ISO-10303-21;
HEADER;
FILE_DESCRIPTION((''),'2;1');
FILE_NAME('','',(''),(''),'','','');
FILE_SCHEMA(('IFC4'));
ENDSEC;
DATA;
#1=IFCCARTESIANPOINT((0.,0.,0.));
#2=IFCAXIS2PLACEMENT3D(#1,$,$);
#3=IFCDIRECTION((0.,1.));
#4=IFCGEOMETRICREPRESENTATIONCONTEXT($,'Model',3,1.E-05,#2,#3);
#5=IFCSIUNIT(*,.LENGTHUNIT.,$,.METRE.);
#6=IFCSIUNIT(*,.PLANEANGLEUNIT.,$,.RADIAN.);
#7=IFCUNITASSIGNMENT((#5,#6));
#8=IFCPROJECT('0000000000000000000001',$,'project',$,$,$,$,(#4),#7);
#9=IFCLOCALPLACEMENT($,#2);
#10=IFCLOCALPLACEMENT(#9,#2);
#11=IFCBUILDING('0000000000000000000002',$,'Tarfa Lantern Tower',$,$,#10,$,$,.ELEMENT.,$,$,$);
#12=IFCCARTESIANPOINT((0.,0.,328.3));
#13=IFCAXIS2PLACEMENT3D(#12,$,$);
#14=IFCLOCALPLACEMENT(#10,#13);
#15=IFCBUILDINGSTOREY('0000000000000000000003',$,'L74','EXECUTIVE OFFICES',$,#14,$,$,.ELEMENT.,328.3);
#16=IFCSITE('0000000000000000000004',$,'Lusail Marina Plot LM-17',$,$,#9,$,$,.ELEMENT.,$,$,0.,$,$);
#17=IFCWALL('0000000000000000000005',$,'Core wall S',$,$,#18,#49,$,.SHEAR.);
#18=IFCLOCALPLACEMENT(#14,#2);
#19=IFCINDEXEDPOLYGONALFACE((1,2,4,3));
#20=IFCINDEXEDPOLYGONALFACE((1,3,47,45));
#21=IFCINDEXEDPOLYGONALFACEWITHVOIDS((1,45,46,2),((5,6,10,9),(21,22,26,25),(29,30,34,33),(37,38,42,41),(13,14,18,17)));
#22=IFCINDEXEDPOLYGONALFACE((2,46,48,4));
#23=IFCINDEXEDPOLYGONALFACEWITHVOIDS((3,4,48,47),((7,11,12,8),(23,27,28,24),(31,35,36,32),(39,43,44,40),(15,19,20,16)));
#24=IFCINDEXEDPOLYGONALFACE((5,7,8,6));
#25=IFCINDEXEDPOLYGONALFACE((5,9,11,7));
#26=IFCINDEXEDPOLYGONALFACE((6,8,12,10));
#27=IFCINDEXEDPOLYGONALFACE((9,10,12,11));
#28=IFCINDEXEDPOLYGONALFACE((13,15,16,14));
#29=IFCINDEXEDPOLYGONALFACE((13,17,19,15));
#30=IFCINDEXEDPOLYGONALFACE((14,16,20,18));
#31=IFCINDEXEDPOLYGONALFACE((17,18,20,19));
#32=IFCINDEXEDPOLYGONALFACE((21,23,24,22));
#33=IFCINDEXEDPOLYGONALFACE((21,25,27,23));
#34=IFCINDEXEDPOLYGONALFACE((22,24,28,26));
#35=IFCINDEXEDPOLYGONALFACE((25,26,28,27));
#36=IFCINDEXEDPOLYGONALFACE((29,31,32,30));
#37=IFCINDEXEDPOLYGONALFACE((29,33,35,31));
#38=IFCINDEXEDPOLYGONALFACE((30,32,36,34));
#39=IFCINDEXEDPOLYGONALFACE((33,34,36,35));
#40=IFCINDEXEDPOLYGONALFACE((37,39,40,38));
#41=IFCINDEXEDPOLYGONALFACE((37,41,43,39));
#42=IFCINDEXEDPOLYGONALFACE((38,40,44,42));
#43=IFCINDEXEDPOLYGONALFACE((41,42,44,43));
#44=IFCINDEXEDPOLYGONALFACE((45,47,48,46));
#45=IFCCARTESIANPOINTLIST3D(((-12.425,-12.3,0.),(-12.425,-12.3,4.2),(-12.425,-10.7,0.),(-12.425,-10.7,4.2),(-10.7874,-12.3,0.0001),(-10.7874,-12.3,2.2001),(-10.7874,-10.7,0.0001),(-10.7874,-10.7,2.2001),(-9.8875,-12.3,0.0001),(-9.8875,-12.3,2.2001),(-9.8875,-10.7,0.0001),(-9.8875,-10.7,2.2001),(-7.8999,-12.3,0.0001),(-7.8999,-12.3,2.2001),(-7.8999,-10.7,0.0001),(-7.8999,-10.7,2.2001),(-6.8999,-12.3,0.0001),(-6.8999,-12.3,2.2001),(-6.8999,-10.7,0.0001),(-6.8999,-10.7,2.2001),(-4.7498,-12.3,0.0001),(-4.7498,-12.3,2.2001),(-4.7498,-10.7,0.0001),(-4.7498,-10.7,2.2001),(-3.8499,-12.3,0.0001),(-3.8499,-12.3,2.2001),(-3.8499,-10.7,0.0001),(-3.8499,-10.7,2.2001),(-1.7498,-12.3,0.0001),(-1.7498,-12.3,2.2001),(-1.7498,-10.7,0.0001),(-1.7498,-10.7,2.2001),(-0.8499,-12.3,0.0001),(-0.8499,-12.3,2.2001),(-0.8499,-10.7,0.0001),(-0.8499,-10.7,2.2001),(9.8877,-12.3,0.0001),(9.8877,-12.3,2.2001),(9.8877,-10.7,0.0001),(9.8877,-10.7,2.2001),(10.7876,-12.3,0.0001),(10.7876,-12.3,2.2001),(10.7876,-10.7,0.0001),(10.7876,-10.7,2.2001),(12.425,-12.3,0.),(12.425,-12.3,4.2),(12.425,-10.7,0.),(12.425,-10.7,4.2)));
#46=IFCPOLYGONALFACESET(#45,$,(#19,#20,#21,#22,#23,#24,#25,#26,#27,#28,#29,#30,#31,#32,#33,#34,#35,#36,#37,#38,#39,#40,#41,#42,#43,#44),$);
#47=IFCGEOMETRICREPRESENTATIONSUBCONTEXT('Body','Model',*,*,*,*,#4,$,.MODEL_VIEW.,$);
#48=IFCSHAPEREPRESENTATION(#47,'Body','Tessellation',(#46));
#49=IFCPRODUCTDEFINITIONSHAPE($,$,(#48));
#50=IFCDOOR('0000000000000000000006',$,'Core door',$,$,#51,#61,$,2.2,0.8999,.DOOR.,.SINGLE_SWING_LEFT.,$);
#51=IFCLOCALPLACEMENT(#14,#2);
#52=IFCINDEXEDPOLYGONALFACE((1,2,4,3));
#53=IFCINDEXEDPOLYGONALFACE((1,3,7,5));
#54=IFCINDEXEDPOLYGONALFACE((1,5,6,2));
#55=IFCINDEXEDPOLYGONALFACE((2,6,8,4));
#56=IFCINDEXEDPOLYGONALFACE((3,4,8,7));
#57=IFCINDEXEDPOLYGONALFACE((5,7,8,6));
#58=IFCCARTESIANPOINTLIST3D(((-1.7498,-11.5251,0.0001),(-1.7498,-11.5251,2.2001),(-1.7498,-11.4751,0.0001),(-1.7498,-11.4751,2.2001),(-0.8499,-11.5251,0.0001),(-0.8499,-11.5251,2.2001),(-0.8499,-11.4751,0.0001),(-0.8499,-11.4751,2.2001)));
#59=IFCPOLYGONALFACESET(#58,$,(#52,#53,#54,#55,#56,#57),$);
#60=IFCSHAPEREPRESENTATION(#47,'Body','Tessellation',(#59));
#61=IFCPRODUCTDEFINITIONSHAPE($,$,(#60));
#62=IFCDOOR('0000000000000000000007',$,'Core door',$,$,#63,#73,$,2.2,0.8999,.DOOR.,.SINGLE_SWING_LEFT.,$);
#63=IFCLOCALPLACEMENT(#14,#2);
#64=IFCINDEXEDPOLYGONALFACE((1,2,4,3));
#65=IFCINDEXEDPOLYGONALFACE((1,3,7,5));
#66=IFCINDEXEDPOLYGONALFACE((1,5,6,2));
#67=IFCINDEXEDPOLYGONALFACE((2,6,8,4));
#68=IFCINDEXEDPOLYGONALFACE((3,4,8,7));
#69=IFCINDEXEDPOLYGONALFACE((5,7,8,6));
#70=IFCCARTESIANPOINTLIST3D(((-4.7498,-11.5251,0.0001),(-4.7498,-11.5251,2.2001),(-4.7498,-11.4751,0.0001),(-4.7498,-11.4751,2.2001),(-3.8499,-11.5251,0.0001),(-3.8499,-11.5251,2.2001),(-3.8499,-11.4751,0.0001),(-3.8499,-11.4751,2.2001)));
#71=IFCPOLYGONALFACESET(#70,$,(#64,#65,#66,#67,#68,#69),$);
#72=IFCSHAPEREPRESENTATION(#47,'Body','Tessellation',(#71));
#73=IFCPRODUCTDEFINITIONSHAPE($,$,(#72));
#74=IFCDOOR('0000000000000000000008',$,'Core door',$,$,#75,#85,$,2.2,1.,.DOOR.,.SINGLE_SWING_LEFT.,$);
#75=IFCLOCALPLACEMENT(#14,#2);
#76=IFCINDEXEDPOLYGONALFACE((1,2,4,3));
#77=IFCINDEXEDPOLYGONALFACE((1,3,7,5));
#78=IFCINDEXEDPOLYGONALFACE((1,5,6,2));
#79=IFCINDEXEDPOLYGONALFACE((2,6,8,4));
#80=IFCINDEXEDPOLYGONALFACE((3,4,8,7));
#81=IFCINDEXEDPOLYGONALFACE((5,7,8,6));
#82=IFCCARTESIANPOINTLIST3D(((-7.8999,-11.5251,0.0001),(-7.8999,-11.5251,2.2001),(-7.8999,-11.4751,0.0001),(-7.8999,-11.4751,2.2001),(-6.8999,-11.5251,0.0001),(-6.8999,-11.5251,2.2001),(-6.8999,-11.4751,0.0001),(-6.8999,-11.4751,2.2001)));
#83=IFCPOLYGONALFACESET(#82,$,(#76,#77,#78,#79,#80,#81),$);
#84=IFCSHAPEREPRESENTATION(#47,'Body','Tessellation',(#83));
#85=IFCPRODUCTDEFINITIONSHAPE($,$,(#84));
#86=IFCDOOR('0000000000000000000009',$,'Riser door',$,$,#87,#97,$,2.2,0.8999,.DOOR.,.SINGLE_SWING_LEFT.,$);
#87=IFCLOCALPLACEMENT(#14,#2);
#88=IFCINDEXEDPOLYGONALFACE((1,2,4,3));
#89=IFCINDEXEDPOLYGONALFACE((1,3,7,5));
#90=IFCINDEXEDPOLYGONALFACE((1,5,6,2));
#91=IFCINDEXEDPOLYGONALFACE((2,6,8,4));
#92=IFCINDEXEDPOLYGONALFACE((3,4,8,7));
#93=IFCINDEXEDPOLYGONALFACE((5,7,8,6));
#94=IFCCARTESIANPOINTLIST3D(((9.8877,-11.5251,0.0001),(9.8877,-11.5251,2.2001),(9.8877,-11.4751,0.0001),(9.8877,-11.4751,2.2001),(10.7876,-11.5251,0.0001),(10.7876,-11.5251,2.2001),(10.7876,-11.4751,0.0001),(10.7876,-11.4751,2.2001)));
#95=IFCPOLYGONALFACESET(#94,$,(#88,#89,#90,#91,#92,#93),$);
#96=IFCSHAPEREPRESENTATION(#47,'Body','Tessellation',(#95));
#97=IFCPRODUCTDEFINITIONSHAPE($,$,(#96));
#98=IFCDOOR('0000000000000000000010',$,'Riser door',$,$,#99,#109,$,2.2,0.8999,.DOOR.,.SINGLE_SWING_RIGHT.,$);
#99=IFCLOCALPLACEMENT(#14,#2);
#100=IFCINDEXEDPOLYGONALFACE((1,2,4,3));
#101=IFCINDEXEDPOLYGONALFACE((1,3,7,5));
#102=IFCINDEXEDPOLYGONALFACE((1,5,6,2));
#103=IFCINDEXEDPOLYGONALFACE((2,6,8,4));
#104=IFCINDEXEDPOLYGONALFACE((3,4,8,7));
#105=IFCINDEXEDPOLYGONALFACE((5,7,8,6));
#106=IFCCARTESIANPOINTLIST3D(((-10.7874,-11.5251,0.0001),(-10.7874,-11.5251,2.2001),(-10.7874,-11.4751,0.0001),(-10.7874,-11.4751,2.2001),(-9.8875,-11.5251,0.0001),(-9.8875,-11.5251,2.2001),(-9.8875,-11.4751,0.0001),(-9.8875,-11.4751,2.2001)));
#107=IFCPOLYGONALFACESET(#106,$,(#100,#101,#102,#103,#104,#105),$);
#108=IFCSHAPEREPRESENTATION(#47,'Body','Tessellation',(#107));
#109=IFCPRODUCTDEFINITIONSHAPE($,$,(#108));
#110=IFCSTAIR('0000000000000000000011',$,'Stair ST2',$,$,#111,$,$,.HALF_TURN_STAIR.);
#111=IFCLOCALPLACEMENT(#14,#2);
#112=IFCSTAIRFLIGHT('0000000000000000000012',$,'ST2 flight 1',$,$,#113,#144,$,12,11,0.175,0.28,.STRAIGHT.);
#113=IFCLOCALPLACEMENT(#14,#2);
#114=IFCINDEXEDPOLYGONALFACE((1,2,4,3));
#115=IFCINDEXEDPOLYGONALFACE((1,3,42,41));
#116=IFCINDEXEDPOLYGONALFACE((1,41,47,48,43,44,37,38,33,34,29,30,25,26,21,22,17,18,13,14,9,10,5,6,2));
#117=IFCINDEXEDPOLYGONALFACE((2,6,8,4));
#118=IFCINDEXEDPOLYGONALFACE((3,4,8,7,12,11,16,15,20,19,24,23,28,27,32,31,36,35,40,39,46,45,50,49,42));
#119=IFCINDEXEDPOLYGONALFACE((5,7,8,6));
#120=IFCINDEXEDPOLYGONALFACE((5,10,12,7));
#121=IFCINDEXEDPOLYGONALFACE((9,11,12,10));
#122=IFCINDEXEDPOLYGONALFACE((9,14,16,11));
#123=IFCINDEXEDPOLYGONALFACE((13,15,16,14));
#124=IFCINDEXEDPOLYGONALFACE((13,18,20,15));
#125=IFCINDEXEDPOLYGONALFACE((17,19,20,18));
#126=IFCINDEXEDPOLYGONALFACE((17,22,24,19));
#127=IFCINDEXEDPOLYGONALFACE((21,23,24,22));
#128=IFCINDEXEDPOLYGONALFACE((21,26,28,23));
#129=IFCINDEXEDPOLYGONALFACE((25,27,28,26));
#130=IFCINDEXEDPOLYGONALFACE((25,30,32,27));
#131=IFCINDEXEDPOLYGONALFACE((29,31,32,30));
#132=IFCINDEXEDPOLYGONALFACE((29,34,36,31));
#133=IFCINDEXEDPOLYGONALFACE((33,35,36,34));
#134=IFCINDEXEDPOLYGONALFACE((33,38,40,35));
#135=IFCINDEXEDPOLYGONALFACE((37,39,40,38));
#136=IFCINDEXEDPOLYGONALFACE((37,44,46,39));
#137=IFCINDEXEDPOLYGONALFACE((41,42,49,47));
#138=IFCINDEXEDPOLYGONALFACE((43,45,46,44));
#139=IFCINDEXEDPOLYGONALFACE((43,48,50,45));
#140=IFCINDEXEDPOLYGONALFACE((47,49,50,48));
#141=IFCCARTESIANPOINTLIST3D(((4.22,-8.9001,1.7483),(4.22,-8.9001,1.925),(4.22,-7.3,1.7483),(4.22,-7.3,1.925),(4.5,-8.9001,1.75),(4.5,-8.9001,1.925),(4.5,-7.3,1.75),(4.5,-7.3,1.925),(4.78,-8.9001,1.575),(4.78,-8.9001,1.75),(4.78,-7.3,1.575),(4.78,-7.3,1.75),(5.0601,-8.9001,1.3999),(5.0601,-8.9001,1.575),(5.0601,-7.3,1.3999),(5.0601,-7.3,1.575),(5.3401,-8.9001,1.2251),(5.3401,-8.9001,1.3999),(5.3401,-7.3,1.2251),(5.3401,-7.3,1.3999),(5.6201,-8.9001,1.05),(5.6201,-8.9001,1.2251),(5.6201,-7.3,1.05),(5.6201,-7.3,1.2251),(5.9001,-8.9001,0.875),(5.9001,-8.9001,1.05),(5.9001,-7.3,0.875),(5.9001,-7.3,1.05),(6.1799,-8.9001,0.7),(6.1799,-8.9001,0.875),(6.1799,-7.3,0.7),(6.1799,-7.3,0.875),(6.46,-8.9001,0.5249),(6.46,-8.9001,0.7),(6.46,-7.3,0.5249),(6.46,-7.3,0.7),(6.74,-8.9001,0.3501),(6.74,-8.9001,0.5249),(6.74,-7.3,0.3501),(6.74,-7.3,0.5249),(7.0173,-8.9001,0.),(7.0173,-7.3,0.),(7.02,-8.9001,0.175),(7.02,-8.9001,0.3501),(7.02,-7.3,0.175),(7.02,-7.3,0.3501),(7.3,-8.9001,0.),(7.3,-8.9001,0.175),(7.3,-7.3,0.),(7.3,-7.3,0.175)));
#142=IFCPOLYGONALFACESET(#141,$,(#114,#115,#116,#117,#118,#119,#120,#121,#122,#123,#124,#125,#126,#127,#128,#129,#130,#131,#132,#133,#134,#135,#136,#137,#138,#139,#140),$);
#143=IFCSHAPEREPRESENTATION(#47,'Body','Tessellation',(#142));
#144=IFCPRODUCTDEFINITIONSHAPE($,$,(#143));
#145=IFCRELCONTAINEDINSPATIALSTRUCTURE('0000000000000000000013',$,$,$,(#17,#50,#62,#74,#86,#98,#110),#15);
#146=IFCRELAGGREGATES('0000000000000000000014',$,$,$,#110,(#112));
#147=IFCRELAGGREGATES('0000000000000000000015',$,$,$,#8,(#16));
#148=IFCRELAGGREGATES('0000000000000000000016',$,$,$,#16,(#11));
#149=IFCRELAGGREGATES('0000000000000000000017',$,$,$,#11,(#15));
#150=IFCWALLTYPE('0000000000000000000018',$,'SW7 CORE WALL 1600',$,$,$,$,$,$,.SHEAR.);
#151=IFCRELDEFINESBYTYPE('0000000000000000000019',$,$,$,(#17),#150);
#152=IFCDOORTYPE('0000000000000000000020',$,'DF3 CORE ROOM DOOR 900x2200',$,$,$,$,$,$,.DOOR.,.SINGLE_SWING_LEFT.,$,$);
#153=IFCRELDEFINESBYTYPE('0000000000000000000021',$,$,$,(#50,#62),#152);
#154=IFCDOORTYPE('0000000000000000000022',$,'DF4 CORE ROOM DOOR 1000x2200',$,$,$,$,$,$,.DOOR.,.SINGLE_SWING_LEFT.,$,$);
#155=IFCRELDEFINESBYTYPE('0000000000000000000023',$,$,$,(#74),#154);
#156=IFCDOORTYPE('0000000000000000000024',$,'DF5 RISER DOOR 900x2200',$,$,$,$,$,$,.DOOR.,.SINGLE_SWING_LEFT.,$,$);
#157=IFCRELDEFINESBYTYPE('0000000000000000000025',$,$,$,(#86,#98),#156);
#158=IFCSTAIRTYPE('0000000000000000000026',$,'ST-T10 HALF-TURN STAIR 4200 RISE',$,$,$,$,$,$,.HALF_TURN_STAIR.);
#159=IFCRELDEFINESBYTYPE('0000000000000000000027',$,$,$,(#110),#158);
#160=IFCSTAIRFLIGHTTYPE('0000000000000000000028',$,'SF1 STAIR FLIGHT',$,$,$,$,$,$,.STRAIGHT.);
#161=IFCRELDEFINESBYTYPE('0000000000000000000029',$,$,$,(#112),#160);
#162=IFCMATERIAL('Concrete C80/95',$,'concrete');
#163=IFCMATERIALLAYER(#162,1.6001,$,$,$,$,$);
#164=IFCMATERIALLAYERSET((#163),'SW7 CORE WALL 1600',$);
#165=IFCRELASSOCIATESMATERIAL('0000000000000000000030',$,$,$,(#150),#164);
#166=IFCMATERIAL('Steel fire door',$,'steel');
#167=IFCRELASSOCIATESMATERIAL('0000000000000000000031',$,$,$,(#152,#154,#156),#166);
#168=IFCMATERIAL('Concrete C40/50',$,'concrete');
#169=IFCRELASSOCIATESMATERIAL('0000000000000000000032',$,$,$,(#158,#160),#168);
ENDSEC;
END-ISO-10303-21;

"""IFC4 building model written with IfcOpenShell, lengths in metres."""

from ifc_helpers import new_model, si_unit, direction, frame, frame_2d, origin, place, context, subcontext, project, spatial, polyline, rectangle, outline, extrude, material, layer, layer_set, type_object, element, fill, aggregate, save


model = new_model("IFC4")

# Units and contexts
model_context = context("Model", 3, precision=1e-05, world=origin(), true_north=direction((0.0, 1.0)))
body_context = subcontext(model_context, "Body", "Model", "MODEL_VIEW")
ifc_project = project(units=[si_unit("LENGTHUNIT", "METRE"), si_unit("PLANEANGLEUNIT", "RADIAN")], contexts=[model_context])

# Site, building, storey
site_placement = place(None, origin())
site = spatial("IfcSite", under=ifc_project, at=site_placement, Name="Lusail Marina Plot LM-17", CompositionType="ELEMENT", RefElevation=0.0)
building_placement = place(site_placement, origin())
building = spatial("IfcBuilding", under=site, at=building_placement, Name="Tarfa Lantern Tower", CompositionType="ELEMENT")
storey_placement = place(building_placement, frame((0.0, 0.0, 328.3)))
storey = spatial("IfcBuildingStorey", under=building, at=storey_placement, Name="L74", Description="EXECUTIVE OFFICES", CompositionType="ELEMENT", Elevation=328.3)

# Shared definitions
ifc_material_1 = material(Name="Concrete C80/95", Category="concrete")
ifc_material_2 = material(Name="Steel fire door", Category="steel")

# Wall, openings, doors
ifc_layer_1 = layer(ifc_material_1, 1.6001)
ifc_layer_set_1 = layer_set([ifc_layer_1], Name="SW7 CORE WALL 1600")
wall_type_1 = type_object("IfcWallType", Name="SW7 CORE WALL 1600", PredefinedType="SHEAR", material=ifc_layer_set_1)
wall_1_placement = place(storey_placement, frame((12.425, -11.5, 0.0), z_axis=(0.0, 0.0, 1.0), x_axis=(-1.0, 0.0, 0.0)))
wall_1 = element("IfcWall", 1, at=wall_1_placement, inside=storey, type_object=wall_type_1, Name="Core wall S", PredefinedType="SHEAR", context=body_context, shape_type="SweptSolid", body=[
    extrude(rectangle(XDim=24.8501, YDim=1.6001, at=frame_2d((12.425, 0.0))), origin(), (0.0, 0.0, 1.0), 4.2),
])
opening_1_placement = place(wall_1_placement, frame((13.2749, 0.0, 0.0)))
opening_1 = element("IfcOpeningElement", 2, at=opening_1_placement, cuts=wall_1, PredefinedType="OPENING", context=body_context, shape_type="SweptSolid", body=[
    extrude(rectangle(XDim=0.8999, YDim=2.2, at=frame_2d((0.45, 1.1001))), frame((0.0, 0.8101, 0.0), z_axis=(0.0, -1.0, 0.0), x_axis=(1.0, 0.0, 0.0)), (0.0, 0.0, 1.0), 1.6201),
])
opening_2_placement = place(wall_1_placement, frame((16.2749, 0.0, 0.0)))
opening_2 = element("IfcOpeningElement", 3, at=opening_2_placement, cuts=wall_1, PredefinedType="OPENING", context=body_context, shape_type="SweptSolid", body=[
    extrude(rectangle(XDim=0.8999, YDim=2.2, at=frame_2d((0.45, 1.1001))), frame((0.0, 0.8101, 0.0), z_axis=(0.0, -1.0, 0.0), x_axis=(1.0, 0.0, 0.0)), (0.0, 0.0, 1.0), 1.6201),
])
opening_3_placement = place(wall_1_placement, frame((19.325, 0.0, 0.0)))
opening_3 = element("IfcOpeningElement", 4, at=opening_3_placement, cuts=wall_1, PredefinedType="OPENING", context=body_context, shape_type="SweptSolid", body=[
    extrude(rectangle(XDim=1.0, YDim=2.2, at=frame_2d((0.5, 1.1001))), frame((0.0, 0.8101, 0.0), z_axis=(0.0, -1.0, 0.0), x_axis=(1.0, 0.0, 0.0)), (0.0, 0.0, 1.0), 1.6201),
])
opening_4_placement = place(wall_1_placement, frame((1.6375, 0.0, 0.0)))
opening_4 = element("IfcOpeningElement", 5, at=opening_4_placement, cuts=wall_1, PredefinedType="OPENING", context=body_context, shape_type="SweptSolid", body=[
    extrude(rectangle(XDim=0.8999, YDim=2.2, at=frame_2d((0.45, 1.1001))), frame((0.0, 0.8101, 0.0), z_axis=(0.0, -1.0, 0.0), x_axis=(1.0, 0.0, 0.0)), (0.0, 0.0, 1.0), 1.6201),
])
opening_5_placement = place(wall_1_placement, frame((22.3125, 0.0, 0.0)))
opening_5 = element("IfcOpeningElement", 6, at=opening_5_placement, cuts=wall_1, PredefinedType="OPENING", context=body_context, shape_type="SweptSolid", body=[
    extrude(rectangle(XDim=0.8999, YDim=2.2, at=frame_2d((0.45, 1.1001))), frame((0.0, 0.8101, 0.0), z_axis=(0.0, -1.0, 0.0), x_axis=(1.0, 0.0, 0.0)), (0.0, 0.0, 1.0), 1.6201),
])
door_type_1 = type_object("IfcDoorType", Name="DF3 CORE ROOM DOOR 900x2200", OperationType="SINGLE_SWING_LEFT", PredefinedType="DOOR", material=ifc_material_2)
door_1_placement = place(opening_1_placement, frame((0.8999, 0.0, 0.0), z_axis=(0.0, 0.0, 1.0), x_axis=(-1.0, 0.0, 0.0)))
door_1 = element("IfcDoor", 7, at=door_1_placement, inside=storey, type_object=door_type_1, Name="Core door", OperationType="SINGLE_SWING_LEFT", OverallHeight=2.2, OverallWidth=0.8999, PredefinedType="DOOR", context=body_context, shape_type="SweptSolid", body=[
    extrude(rectangle(XDim=0.8999, YDim=2.2, at=frame_2d((0.45, 1.1001))), frame((0.0, 0.0249, 0.0), z_axis=(0.0, -1.0, 0.0), x_axis=(1.0, 0.0, 0.0)), (0.0, 0.0, 1.0), 0.05),
])
fill(opening_1, door_1)
door_2_placement = place(opening_2_placement, frame((0.8999, 0.0, 0.0), z_axis=(0.0, 0.0, 1.0), x_axis=(-1.0, 0.0, 0.0)))
door_2 = element("IfcDoor", 8, at=door_2_placement, inside=storey, type_object=door_type_1, Name="Core door", OperationType="SINGLE_SWING_LEFT", OverallHeight=2.2, OverallWidth=0.8999, PredefinedType="DOOR", context=body_context, shape_type="SweptSolid", body=[
    extrude(rectangle(XDim=0.8999, YDim=2.2, at=frame_2d((0.45, 1.1001))), frame((0.0, 0.0249, 0.0), z_axis=(0.0, -1.0, 0.0), x_axis=(1.0, 0.0, 0.0)), (0.0, 0.0, 1.0), 0.05),
])
fill(opening_2, door_2)
door_type_2 = type_object("IfcDoorType", Name="DF4 CORE ROOM DOOR 1000x2200", OperationType="SINGLE_SWING_LEFT", PredefinedType="DOOR", material=ifc_material_2)
door_3_placement = place(opening_3_placement, frame((1.0, 0.0, 0.0), z_axis=(0.0, 0.0, 1.0), x_axis=(-1.0, 0.0, 0.0)))
door_3 = element("IfcDoor", 9, at=door_3_placement, inside=storey, type_object=door_type_2, Name="Core door", OperationType="SINGLE_SWING_LEFT", OverallHeight=2.2, OverallWidth=1.0, PredefinedType="DOOR", context=body_context, shape_type="SweptSolid", body=[
    extrude(rectangle(XDim=1.0, YDim=2.2, at=frame_2d((0.5, 1.1001))), frame((0.0, 0.0249, 0.0), z_axis=(0.0, -1.0, 0.0), x_axis=(1.0, 0.0, 0.0)), (0.0, 0.0, 1.0), 0.05),
])
fill(opening_3, door_3)
door_type_3 = type_object("IfcDoorType", Name="DF5 RISER DOOR 900x2200", OperationType="SINGLE_SWING_LEFT", PredefinedType="DOOR", material=ifc_material_2)
door_4_placement = place(opening_4_placement, frame((0.8999, 0.0, 0.0), z_axis=(0.0, 0.0, 1.0), x_axis=(-1.0, 0.0, 0.0)))
door_4 = element("IfcDoor", 10, at=door_4_placement, inside=storey, type_object=door_type_3, Name="Riser door", OperationType="SINGLE_SWING_LEFT", OverallHeight=2.2, OverallWidth=0.8999, PredefinedType="DOOR", context=body_context, shape_type="SweptSolid", body=[
    extrude(rectangle(XDim=0.8999, YDim=2.2, at=frame_2d((0.45, 1.1001))), frame((0.0, 0.0249, 0.0), z_axis=(0.0, -1.0, 0.0), x_axis=(1.0, 0.0, 0.0)), (0.0, 0.0, 1.0), 0.05),
])
fill(opening_4, door_4)
door_5_placement = place(opening_5_placement, frame((0.8999, 0.0, 0.0), z_axis=(0.0, 0.0, 1.0), x_axis=(-1.0, 0.0, 0.0)))
door_5 = element("IfcDoor", 11, at=door_5_placement, inside=storey, type_object=door_type_3, Name="Riser door", OperationType="SINGLE_SWING_RIGHT", OverallHeight=2.2, OverallWidth=0.8999, PredefinedType="DOOR", context=body_context, shape_type="SweptSolid", body=[
    extrude(rectangle(XDim=0.8999, YDim=2.2, at=frame_2d((0.45, 1.1001))), frame((0.0, 0.0249, 0.0), z_axis=(0.0, -1.0, 0.0), x_axis=(1.0, 0.0, 0.0)), (0.0, 0.0, 1.0), 0.05),
])
fill(opening_5, door_5)

# Stair, stair flight
ifc_material_3 = material(Name="Concrete C40/50", Category="concrete")
stair_type = type_object("IfcStairType", Name="ST-T10 HALF-TURN STAIR 4200 RISE", PredefinedType="HALF_TURN_STAIR", material=ifc_material_3)
stair_placement = place(storey_placement, origin())
stair = element("IfcStair", 12, at=stair_placement, inside=storey, type_object=stair_type, Name="Stair ST2", PredefinedType="HALF_TURN_STAIR")
stair_flight_type = type_object("IfcStairFlightType", Name="SF1 STAIR FLIGHT", PredefinedType="STRAIGHT", material=ifc_material_3)
stair_flight_1_placement = place(storey_placement, frame((7.3, -8.1001, 0.0), z_axis=(0.0, 0.0, 1.0), x_axis=(-1.0, 0.0, 0.0)))
stair_flight_1 = element("IfcStairFlight", 13, at=stair_flight_1_placement, type_object=stair_flight_type, Name="ST2 flight 1", NumberOfRisers=12, NumberOfTreads=11, PredefinedType="STRAIGHT", RiserHeight=0.175, TreadLength=0.28, context=body_context, shape_type="SweptSolid", body=[
    extrude(outline(polyline([(0.0, 0.0), (0.0, 0.175), (0.28, 0.175), (0.28, 0.3501), (0.5601, 0.3501), (0.5601, 0.5249), (0.8401, 0.5249), (0.8401, 0.7), (1.1201, 0.7), (1.1201, 0.875), (1.3999, 0.875), (1.3999, 1.05), (1.6799, 1.05), (1.6799, 1.2251), (1.96, 1.2251), (1.96, 1.3999), (2.24, 1.3999), (2.24, 1.575), (2.52, 1.575), (2.52, 1.75), (2.8, 1.75), (2.8, 1.925), (3.0801, 1.925), (3.0801, 2.1001), (3.0801, 1.7483), (0.2827, 0.0), (0.0, 0.0)])), frame((0.0, 0.8, 0.0), z_axis=(0.0, -1.0, 0.0), x_axis=(1.0, 0.0, 0.0)), (0.0, 0.0, 1.0), 1.6001),
])
aggregate(stair, [stair_flight_1])

save(model, "model.ifc")
